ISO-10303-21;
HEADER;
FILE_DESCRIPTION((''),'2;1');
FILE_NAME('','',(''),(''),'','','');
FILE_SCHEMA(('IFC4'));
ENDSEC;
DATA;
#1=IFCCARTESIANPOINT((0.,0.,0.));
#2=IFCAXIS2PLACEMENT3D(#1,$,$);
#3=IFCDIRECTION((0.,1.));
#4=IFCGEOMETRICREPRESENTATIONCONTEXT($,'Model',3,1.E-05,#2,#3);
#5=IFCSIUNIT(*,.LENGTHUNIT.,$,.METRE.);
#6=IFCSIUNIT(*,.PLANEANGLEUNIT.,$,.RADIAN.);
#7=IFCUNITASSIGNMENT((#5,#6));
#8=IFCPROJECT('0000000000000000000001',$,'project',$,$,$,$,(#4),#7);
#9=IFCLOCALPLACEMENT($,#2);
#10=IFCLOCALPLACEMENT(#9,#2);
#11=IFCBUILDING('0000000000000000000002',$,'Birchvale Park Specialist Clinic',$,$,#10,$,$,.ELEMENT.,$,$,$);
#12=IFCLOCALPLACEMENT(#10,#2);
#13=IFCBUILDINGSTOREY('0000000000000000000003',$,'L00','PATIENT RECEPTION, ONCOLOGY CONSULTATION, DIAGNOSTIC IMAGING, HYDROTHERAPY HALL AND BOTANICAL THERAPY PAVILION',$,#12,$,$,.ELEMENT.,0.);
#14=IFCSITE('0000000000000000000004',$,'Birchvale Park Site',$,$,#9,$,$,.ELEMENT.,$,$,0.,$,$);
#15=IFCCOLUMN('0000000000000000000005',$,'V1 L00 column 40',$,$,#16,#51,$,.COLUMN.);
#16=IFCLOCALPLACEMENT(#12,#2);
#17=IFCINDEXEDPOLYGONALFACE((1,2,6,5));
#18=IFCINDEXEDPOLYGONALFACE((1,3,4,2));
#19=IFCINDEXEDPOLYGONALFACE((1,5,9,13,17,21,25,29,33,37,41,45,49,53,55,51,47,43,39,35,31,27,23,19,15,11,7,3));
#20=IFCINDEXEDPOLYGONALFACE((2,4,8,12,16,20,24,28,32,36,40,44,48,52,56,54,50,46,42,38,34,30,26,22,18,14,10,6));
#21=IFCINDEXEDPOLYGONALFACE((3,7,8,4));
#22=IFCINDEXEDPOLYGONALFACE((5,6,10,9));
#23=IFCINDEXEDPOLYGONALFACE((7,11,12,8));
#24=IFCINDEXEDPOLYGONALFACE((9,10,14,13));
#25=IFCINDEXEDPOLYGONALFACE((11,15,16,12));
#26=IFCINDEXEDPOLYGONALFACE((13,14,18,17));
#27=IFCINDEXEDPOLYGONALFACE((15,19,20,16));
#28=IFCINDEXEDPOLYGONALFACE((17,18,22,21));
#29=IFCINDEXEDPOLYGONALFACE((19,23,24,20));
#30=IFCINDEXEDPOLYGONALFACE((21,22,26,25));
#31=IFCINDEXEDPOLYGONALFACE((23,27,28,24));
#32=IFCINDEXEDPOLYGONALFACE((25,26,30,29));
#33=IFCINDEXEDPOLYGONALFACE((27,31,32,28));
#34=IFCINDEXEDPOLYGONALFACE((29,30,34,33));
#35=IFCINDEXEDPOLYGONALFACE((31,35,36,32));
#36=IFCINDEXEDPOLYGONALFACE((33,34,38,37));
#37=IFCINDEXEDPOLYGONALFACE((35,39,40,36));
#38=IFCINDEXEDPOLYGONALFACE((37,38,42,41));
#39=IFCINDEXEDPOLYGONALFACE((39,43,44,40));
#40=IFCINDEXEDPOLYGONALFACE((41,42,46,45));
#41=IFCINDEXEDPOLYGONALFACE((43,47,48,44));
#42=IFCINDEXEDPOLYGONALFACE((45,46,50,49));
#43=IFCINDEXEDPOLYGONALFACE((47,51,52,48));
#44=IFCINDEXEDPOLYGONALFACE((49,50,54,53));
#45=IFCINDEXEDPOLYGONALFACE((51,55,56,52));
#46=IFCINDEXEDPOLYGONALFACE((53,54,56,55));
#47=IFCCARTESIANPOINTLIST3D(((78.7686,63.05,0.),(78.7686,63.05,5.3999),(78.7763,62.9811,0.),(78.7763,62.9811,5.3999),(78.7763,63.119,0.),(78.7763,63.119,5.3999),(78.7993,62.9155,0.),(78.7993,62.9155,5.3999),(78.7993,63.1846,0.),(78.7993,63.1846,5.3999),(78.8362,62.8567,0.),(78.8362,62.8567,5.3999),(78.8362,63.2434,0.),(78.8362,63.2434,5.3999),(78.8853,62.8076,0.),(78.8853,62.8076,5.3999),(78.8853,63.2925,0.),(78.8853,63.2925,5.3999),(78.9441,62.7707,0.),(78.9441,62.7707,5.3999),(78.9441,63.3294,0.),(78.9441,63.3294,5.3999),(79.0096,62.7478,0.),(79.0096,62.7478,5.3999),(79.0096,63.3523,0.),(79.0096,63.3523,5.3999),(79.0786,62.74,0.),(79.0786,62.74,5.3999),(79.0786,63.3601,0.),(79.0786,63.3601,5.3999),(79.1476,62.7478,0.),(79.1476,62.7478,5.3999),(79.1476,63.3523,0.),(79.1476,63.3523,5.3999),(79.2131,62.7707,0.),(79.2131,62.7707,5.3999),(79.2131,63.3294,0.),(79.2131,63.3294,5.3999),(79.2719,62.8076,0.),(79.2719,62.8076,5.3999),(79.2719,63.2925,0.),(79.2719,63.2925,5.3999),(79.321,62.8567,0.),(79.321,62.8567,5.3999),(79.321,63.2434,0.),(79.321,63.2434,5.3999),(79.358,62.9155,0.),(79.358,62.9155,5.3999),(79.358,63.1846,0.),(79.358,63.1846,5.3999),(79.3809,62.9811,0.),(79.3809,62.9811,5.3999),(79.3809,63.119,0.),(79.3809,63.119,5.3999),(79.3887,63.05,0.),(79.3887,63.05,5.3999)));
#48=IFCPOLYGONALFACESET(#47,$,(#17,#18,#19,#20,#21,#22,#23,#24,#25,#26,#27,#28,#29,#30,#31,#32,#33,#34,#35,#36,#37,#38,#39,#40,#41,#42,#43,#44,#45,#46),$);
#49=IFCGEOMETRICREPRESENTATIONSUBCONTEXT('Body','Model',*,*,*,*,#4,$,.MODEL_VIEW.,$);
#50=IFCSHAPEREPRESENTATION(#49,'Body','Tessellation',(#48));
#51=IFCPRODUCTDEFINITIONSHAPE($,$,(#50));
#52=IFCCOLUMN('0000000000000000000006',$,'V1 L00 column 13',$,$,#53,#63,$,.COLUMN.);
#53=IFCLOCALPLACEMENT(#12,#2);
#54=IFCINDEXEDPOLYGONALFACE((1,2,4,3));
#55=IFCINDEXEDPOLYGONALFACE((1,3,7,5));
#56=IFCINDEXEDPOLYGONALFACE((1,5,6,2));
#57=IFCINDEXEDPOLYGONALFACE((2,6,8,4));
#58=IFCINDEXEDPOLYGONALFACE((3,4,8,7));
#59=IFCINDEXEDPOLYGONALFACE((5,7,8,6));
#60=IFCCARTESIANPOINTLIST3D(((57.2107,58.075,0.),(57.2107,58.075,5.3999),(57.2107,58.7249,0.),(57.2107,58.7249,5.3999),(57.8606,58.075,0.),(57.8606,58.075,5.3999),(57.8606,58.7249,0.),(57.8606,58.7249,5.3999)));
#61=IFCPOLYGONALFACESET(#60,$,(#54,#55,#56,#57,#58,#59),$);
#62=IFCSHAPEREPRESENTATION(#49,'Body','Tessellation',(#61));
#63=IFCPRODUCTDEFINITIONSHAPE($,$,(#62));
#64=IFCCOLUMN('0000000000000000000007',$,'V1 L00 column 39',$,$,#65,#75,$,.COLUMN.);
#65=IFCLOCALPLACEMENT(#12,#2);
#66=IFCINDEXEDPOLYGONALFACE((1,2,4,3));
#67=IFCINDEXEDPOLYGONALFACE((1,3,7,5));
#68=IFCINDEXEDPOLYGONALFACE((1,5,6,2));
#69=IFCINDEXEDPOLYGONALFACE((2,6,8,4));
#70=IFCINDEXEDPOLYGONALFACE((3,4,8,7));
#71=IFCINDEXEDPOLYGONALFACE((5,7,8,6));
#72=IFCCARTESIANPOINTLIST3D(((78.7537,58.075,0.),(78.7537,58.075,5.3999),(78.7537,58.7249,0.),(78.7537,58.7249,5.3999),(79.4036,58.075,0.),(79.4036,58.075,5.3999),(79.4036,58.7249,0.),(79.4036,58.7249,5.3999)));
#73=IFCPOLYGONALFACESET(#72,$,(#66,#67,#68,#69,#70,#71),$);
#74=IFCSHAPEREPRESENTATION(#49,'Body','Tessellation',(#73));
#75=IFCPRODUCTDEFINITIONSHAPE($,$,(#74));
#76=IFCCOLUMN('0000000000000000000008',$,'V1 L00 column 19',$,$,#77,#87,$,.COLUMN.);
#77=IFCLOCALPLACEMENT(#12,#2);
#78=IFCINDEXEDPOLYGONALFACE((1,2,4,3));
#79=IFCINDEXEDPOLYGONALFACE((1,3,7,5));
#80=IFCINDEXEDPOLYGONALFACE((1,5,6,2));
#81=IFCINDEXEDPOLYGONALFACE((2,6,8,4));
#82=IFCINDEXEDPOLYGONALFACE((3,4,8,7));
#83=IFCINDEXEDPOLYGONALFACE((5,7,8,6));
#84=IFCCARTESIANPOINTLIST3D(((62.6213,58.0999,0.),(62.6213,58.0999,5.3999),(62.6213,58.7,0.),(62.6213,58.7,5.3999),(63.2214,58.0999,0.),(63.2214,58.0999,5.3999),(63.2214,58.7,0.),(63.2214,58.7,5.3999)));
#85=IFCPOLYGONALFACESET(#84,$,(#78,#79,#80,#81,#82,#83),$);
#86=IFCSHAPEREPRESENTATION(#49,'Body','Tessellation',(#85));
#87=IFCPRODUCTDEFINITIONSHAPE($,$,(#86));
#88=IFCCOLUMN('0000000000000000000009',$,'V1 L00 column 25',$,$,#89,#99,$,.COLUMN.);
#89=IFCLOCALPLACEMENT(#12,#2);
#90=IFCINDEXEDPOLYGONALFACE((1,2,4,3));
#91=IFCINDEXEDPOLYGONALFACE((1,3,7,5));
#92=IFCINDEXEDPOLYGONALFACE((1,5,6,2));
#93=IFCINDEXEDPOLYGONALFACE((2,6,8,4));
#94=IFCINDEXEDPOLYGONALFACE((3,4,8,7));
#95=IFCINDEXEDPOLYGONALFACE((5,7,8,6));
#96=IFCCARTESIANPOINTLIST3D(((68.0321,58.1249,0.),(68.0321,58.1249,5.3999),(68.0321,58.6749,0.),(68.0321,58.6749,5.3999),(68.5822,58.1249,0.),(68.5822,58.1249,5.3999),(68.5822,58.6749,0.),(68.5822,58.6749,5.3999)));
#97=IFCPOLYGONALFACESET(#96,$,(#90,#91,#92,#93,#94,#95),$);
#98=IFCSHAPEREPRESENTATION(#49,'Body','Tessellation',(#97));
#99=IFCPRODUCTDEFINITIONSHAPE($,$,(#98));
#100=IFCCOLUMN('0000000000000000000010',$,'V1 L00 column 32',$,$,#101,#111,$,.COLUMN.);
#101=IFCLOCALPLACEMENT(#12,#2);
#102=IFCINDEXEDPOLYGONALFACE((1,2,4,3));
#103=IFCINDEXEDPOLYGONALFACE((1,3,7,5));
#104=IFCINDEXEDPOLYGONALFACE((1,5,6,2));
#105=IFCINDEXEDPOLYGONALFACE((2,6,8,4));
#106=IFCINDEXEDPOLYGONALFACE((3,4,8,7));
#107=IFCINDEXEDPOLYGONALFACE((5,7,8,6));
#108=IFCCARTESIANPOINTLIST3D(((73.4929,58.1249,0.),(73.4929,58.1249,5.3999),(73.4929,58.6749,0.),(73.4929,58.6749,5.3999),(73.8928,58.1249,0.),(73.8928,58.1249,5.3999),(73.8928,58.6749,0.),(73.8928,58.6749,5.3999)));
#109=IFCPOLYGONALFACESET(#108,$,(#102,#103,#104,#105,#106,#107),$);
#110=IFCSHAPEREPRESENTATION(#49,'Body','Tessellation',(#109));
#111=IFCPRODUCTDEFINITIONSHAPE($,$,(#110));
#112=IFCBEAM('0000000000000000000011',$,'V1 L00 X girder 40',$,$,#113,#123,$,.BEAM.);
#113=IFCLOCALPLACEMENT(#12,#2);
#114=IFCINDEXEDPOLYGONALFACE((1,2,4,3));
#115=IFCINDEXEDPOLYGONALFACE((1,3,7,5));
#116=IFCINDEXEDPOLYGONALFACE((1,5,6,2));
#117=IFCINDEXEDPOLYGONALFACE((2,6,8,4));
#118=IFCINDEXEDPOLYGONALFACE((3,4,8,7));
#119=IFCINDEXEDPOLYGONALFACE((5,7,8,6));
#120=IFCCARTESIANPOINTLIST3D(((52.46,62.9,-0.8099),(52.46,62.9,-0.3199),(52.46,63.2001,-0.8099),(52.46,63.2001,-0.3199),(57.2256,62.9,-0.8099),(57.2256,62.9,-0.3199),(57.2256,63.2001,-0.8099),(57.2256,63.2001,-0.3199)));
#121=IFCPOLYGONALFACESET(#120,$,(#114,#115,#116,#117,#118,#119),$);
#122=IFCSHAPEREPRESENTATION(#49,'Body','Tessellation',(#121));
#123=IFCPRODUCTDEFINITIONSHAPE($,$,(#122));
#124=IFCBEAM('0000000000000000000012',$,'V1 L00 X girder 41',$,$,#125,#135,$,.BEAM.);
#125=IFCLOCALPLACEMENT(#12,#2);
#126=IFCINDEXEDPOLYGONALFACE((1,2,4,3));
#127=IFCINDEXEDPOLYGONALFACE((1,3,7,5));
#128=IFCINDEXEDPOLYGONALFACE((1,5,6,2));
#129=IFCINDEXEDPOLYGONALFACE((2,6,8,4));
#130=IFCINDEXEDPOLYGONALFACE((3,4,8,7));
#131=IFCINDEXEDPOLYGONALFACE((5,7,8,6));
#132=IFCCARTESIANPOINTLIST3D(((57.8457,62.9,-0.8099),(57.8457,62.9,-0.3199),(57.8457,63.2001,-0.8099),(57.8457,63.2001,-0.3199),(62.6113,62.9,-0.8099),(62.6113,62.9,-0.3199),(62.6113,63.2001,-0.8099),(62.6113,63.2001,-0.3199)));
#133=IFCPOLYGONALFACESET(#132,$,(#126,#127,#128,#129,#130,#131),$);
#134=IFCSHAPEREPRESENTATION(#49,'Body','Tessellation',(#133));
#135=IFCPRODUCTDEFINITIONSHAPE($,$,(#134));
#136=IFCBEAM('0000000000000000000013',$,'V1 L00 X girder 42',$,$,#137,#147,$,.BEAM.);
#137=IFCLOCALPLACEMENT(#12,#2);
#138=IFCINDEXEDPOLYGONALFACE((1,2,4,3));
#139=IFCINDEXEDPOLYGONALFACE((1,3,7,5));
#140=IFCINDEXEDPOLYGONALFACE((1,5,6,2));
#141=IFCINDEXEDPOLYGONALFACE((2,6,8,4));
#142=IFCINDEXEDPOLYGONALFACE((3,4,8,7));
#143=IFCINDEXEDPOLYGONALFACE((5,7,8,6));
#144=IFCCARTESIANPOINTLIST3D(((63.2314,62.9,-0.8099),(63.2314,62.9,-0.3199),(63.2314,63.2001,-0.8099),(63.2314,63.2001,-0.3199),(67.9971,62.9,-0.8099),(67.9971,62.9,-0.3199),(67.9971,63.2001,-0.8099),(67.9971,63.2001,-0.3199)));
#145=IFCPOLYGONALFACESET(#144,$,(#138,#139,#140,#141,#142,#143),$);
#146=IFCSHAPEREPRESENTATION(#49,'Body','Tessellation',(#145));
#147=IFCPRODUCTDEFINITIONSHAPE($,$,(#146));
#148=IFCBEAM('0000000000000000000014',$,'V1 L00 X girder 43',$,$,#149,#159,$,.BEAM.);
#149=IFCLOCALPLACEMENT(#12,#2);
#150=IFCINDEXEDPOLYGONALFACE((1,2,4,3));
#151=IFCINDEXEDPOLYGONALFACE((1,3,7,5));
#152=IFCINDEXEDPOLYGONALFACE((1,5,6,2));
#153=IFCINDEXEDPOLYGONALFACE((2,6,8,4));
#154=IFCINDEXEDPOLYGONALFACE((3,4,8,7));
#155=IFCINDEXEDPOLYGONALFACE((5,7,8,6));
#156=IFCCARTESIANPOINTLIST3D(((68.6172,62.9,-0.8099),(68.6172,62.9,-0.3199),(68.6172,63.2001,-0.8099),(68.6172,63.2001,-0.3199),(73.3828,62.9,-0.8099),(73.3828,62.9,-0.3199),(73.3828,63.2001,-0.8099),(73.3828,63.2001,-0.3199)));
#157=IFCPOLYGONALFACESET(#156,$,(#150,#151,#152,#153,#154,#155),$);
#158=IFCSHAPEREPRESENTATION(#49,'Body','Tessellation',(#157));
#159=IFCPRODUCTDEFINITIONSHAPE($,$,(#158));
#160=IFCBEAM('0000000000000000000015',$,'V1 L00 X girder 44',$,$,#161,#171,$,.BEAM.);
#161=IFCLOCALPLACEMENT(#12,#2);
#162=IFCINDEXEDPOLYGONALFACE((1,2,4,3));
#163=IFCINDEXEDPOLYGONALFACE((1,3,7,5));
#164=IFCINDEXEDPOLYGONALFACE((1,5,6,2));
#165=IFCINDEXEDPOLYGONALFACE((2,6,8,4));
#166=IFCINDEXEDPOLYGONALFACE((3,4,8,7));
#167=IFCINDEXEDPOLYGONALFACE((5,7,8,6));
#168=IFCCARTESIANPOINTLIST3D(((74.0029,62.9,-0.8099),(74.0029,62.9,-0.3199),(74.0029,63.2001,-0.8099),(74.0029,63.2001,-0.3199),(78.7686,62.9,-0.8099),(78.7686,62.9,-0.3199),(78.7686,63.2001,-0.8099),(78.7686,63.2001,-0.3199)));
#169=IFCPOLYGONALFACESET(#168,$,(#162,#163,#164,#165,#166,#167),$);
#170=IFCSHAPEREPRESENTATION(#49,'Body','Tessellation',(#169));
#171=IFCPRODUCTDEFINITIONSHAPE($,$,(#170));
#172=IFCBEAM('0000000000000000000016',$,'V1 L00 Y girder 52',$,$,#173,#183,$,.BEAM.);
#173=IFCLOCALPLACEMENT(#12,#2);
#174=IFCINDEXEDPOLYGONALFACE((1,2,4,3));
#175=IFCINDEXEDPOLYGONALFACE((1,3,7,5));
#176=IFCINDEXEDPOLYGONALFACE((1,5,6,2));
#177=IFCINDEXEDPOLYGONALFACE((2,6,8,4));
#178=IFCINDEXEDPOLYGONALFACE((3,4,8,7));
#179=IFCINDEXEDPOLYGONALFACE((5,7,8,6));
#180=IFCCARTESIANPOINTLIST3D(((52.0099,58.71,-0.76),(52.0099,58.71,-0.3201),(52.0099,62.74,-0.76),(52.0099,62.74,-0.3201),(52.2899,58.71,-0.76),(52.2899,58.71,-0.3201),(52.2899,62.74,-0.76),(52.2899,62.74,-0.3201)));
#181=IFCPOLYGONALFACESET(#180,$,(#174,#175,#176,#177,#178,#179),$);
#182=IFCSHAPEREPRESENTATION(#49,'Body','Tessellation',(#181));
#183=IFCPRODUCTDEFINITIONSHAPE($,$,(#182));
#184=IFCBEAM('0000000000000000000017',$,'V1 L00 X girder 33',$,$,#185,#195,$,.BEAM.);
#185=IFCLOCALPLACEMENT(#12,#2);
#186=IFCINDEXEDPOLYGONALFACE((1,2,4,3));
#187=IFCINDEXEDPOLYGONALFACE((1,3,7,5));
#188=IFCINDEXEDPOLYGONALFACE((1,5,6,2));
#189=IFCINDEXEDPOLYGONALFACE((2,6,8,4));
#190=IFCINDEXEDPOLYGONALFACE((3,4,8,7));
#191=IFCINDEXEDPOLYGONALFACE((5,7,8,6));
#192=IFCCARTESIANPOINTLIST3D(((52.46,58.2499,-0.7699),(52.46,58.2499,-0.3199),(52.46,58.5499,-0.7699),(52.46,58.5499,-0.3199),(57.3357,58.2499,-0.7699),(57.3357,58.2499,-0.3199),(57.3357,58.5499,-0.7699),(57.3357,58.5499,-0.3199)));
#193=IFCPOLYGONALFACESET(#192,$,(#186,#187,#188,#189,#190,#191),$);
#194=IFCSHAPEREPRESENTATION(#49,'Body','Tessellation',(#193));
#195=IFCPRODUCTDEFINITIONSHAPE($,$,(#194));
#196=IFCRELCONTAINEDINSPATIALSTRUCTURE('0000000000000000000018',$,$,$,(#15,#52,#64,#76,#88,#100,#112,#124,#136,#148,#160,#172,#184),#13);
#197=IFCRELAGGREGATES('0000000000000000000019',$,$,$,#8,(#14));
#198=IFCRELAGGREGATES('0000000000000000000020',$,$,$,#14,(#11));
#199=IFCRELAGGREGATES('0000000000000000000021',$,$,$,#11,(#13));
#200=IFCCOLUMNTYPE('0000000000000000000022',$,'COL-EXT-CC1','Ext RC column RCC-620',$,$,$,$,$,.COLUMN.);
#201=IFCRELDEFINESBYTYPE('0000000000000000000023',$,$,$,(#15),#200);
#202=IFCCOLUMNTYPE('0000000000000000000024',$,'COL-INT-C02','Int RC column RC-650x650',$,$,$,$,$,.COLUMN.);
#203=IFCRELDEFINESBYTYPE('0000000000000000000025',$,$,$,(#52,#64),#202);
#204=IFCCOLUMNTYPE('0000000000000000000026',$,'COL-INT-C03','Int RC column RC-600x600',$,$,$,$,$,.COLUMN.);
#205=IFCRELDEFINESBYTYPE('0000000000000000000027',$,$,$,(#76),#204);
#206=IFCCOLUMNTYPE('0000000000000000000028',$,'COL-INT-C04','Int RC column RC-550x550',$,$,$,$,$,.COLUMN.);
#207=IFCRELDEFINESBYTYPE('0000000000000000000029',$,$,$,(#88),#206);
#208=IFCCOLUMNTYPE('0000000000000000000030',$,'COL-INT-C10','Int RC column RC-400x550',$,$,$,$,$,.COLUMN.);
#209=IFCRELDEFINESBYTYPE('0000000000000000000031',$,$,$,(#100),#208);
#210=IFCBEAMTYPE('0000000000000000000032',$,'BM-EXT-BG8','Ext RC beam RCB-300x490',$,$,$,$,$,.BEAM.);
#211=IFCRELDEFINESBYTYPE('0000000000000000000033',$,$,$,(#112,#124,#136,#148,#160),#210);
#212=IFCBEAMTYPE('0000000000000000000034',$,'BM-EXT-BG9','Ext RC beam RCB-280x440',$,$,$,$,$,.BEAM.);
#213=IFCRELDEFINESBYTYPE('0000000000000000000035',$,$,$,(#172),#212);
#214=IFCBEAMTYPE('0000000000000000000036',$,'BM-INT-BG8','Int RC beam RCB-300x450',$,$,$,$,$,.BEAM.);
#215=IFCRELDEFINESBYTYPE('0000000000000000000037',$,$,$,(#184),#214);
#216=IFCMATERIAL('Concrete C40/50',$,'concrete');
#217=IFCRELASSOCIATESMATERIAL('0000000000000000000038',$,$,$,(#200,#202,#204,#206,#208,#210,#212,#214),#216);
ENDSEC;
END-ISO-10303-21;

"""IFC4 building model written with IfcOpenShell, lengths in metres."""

from ifc_helpers import new_model, si_unit, direction, frame, origin, origin_2d, place, context, subcontext, project, spatial, rectangle, circle, extrude, material, material_profile, profile_set, type_object, element, save


model = new_model("IFC4")

# Units and contexts
model_context = context("Model", 3, precision=1e-05, world=origin(), true_north=direction((0.0, 1.0)))
body_context = subcontext(model_context, "Body", "Model", "MODEL_VIEW")
ifc_project = project(units=[si_unit("LENGTHUNIT", "METRE"), si_unit("PLANEANGLEUNIT", "RADIAN")], contexts=[model_context])

# Site, building, storey
site_placement = place(None, origin())
site = spatial("IfcSite", under=ifc_project, at=site_placement, Name="Birchvale Park Site", CompositionType="ELEMENT", RefElevation=0.0)
building_placement = place(site_placement, origin())
building = spatial("IfcBuilding", under=site, at=building_placement, Name="Birchvale Park Specialist Clinic", CompositionType="ELEMENT")
storey_placement = place(building_placement, origin())
storey = spatial("IfcBuildingStorey", under=building, at=storey_placement, Name="L00", Description="PATIENT RECEPTION, ONCOLOGY CONSULTATION, DIAGNOSTIC IMAGING, HYDROTHERAPY HALL AND BOTANICAL THERAPY PAVILION", CompositionType="ELEMENT", Elevation=0.0)

# Columns
ifc_material_1 = material(Name="Concrete C40/50", Category="concrete")
ifc_material_profile_1 = material_profile(ifc_material_1, circle(Radius=0.3101, at=origin_2d()), Name="RCC-620")
ifc_profile_set_1 = profile_set([ifc_material_profile_1], Name="Concrete C40/50")
column_type_1 = type_object("IfcColumnType", Name="COL-EXT-CC1", Description="Ext RC column RCC-620", PredefinedType="COLUMN", material=ifc_profile_set_1)
for number, where, z_axis, x_axis, name in (
    (1, (79.0786, 63.05, 0.0), (0.0, 0.0, 1.0), (1.0, 0.0, 0.0), "V1 L00 column 40"),
):
    element("IfcColumn", number, at=place(storey_placement, frame(where, z_axis=z_axis, x_axis=x_axis)), inside=storey, type_object=column_type_1, Name=name, PredefinedType="COLUMN", context=body_context, shape_type="SweptSolid", body=[
        extrude(circle(Radius=0.3101, at=origin_2d()), origin(), (0.0, 0.0, 1.0), 5.3999),
    ])
ifc_material_profile_2 = material_profile(ifc_material_1, rectangle(XDim=0.6499, YDim=0.6499, at=origin_2d()), Name="RC-650x650")
ifc_profile_set_2 = profile_set([ifc_material_profile_2], Name="Concrete C40/50")
column_type_2 = type_object("IfcColumnType", Name="COL-INT-C02", Description="Int RC column RC-650x650", PredefinedType="COLUMN", material=ifc_profile_set_2)
for number, where, z_axis, x_axis, name in (
    (2, (57.5356, 58.3999, 0.0), (0.0, 0.0, 1.0), (1.0, 0.0, 0.0), "V1 L00 column 13"),
    (3, (79.0786, 58.3999, 0.0), (0.0, 0.0, 1.0), (1.0, 0.0, 0.0), "V1 L00 column 39"),
):
    element("IfcColumn", number, at=place(storey_placement, frame(where, z_axis=z_axis, x_axis=x_axis)), inside=storey, type_object=column_type_2, Name=name, PredefinedType="COLUMN", context=body_context, shape_type="SweptSolid", body=[
        extrude(rectangle(XDim=0.6499, YDim=0.6499, at=origin_2d()), origin(), (0.0, 0.0, 1.0), 5.3999),
    ])
ifc_material_profile_3 = material_profile(ifc_material_1, rectangle(XDim=0.6001, YDim=0.6001, at=origin_2d()), Name="RC-600x600")
ifc_profile_set_3 = profile_set([ifc_material_profile_3], Name="Concrete C40/50")
column_type_3 = type_object("IfcColumnType", Name="COL-INT-C03", Description="Int RC column RC-600x600", PredefinedType="COLUMN", material=ifc_profile_set_3)
column_1_placement = place(storey_placement, frame((62.9214, 58.3999, 0.0), z_axis=(0.0, 0.0, 1.0), x_axis=(1.0, 0.0, 0.0)))
element("IfcColumn", 4, at=column_1_placement, inside=storey, type_object=column_type_3, Name="V1 L00 column 19", PredefinedType="COLUMN", context=body_context, shape_type="SweptSolid", body=[
    extrude(rectangle(XDim=0.6001, YDim=0.6001, at=origin_2d()), origin(), (0.0, 0.0, 1.0), 5.3999),
])
ifc_material_profile_4 = material_profile(ifc_material_1, rectangle(XDim=0.55, YDim=0.55, at=origin_2d()), Name="RC-550x550")
ifc_profile_set_4 = profile_set([ifc_material_profile_4], Name="Concrete C40/50")
column_type_4 = type_object("IfcColumnType", Name="COL-INT-C04", Description="Int RC column RC-550x550", PredefinedType="COLUMN", material=ifc_profile_set_4)
column_2_placement = place(storey_placement, frame((68.3071, 58.3999, 0.0), z_axis=(0.0, 0.0, 1.0), x_axis=(1.0, 0.0, 0.0)))
element("IfcColumn", 5, at=column_2_placement, inside=storey, type_object=column_type_4, Name="V1 L00 column 25", PredefinedType="COLUMN", context=body_context, shape_type="SweptSolid", body=[
    extrude(rectangle(XDim=0.55, YDim=0.55, at=origin_2d()), origin(), (0.0, 0.0, 1.0), 5.3999),
])
ifc_material_profile_5 = material_profile(ifc_material_1, rectangle(XDim=0.3999, YDim=0.55, at=origin_2d()), Name="RC-400x550")
ifc_profile_set_5 = profile_set([ifc_material_profile_5], Name="Concrete C40/50")
column_type_5 = type_object("IfcColumnType", Name="COL-INT-C10", Description="Int RC column RC-400x550", PredefinedType="COLUMN", material=ifc_profile_set_5)
column_3_placement = place(storey_placement, frame((73.6929, 58.3999, 0.0), z_axis=(0.0, 0.0, 1.0), x_axis=(1.0, 0.0, 0.0)))
element("IfcColumn", 6, at=column_3_placement, inside=storey, type_object=column_type_5, Name="V1 L00 column 32", PredefinedType="COLUMN", context=body_context, shape_type="SweptSolid", body=[
    extrude(rectangle(XDim=0.3999, YDim=0.55, at=origin_2d()), origin(), (0.0, 0.0, 1.0), 5.3999),
])

# Beams
ifc_material_profile_6 = material_profile(ifc_material_1, rectangle(XDim=0.3, YDim=0.49, at=origin_2d()), Name="RCB-300x490")
ifc_profile_set_6 = profile_set([ifc_material_profile_6], Name="Concrete C40/50")
beam_type_1 = type_object("IfcBeamType", Name="BM-EXT-BG8", Description="Ext RC beam RCB-300x490", PredefinedType="BEAM", material=ifc_profile_set_6)
for number, where, z_axis, x_axis, name in (
    (7, (52.46, 63.05, -0.5649), (1.0, 0.0, 0.0), (0.0, 1.0, 0.0), "V1 L00 X girder 40"),
    (8, (57.8457, 63.05, -0.5649), (1.0, 0.0, 0.0), (0.0, 1.0, 0.0), "V1 L00 X girder 41"),
    (9, (63.2314, 63.05, -0.5649), (1.0, 0.0, 0.0), (0.0, 1.0, 0.0), "V1 L00 X girder 42"),
    (10, (68.6172, 63.05, -0.5649), (1.0, 0.0, 0.0), (0.0, 1.0, 0.0), "V1 L00 X girder 43"),
    (11, (74.0029, 63.05, -0.5649), (1.0, 0.0, 0.0), (0.0, 1.0, 0.0), "V1 L00 X girder 44"),
):
    element("IfcBeam", number, at=place(storey_placement, frame(where, z_axis=z_axis, x_axis=x_axis)), inside=storey, type_object=beam_type_1, Name=name, PredefinedType="BEAM", context=body_context, shape_type="SweptSolid", body=[
        extrude(rectangle(XDim=0.3, YDim=0.49, at=origin_2d()), origin(), (0.0, 0.0, 1.0), 4.7656),
    ])
ifc_material_profile_7 = material_profile(ifc_material_1, rectangle(XDim=0.28, YDim=0.4399, at=origin_2d()), Name="RCB-280x440")
ifc_profile_set_7 = profile_set([ifc_material_profile_7], Name="Concrete C40/50")
beam_type_2 = type_object("IfcBeamType", Name="BM-EXT-BG9", Description="Ext RC beam RCB-280x440", PredefinedType="BEAM", material=ifc_profile_set_7)
beam_1_placement = place(storey_placement, frame((52.1499, 58.71, -0.54), z_axis=(0.0, 1.0, 0.0), x_axis=(-1.0, 0.0, 0.0)))
element("IfcBeam", 12, at=beam_1_placement, inside=storey, type_object=beam_type_2, Name="V1 L00 Y girder 52", PredefinedType="BEAM", context=body_context, shape_type="SweptSolid", body=[
    extrude(rectangle(XDim=0.28, YDim=0.4399, at=origin_2d()), origin(), (0.0, 0.0, 1.0), 4.03),
])
ifc_material_profile_8 = material_profile(ifc_material_1, rectangle(XDim=0.3, YDim=0.45, at=origin_2d()), Name="RCB-300x450")
ifc_profile_set_8 = profile_set([ifc_material_profile_8], Name="Concrete C40/50")
beam_type_3 = type_object("IfcBeamType", Name="BM-INT-BG8", Description="Int RC beam RCB-300x450", PredefinedType="BEAM", material=ifc_profile_set_8)
beam_2_placement = place(storey_placement, frame((52.46, 58.3999, -0.5449), z_axis=(1.0, 0.0, 0.0), x_axis=(0.0, 1.0, 0.0)))
element("IfcBeam", 13, at=beam_2_placement, inside=storey, type_object=beam_type_3, Name="V1 L00 X girder 33", PredefinedType="BEAM", context=body_context, shape_type="SweptSolid", body=[
    extrude(rectangle(XDim=0.3, YDim=0.45, at=origin_2d()), origin(), (0.0, 0.0, 1.0), 4.8757),
])

save(model, "model.ifc")
